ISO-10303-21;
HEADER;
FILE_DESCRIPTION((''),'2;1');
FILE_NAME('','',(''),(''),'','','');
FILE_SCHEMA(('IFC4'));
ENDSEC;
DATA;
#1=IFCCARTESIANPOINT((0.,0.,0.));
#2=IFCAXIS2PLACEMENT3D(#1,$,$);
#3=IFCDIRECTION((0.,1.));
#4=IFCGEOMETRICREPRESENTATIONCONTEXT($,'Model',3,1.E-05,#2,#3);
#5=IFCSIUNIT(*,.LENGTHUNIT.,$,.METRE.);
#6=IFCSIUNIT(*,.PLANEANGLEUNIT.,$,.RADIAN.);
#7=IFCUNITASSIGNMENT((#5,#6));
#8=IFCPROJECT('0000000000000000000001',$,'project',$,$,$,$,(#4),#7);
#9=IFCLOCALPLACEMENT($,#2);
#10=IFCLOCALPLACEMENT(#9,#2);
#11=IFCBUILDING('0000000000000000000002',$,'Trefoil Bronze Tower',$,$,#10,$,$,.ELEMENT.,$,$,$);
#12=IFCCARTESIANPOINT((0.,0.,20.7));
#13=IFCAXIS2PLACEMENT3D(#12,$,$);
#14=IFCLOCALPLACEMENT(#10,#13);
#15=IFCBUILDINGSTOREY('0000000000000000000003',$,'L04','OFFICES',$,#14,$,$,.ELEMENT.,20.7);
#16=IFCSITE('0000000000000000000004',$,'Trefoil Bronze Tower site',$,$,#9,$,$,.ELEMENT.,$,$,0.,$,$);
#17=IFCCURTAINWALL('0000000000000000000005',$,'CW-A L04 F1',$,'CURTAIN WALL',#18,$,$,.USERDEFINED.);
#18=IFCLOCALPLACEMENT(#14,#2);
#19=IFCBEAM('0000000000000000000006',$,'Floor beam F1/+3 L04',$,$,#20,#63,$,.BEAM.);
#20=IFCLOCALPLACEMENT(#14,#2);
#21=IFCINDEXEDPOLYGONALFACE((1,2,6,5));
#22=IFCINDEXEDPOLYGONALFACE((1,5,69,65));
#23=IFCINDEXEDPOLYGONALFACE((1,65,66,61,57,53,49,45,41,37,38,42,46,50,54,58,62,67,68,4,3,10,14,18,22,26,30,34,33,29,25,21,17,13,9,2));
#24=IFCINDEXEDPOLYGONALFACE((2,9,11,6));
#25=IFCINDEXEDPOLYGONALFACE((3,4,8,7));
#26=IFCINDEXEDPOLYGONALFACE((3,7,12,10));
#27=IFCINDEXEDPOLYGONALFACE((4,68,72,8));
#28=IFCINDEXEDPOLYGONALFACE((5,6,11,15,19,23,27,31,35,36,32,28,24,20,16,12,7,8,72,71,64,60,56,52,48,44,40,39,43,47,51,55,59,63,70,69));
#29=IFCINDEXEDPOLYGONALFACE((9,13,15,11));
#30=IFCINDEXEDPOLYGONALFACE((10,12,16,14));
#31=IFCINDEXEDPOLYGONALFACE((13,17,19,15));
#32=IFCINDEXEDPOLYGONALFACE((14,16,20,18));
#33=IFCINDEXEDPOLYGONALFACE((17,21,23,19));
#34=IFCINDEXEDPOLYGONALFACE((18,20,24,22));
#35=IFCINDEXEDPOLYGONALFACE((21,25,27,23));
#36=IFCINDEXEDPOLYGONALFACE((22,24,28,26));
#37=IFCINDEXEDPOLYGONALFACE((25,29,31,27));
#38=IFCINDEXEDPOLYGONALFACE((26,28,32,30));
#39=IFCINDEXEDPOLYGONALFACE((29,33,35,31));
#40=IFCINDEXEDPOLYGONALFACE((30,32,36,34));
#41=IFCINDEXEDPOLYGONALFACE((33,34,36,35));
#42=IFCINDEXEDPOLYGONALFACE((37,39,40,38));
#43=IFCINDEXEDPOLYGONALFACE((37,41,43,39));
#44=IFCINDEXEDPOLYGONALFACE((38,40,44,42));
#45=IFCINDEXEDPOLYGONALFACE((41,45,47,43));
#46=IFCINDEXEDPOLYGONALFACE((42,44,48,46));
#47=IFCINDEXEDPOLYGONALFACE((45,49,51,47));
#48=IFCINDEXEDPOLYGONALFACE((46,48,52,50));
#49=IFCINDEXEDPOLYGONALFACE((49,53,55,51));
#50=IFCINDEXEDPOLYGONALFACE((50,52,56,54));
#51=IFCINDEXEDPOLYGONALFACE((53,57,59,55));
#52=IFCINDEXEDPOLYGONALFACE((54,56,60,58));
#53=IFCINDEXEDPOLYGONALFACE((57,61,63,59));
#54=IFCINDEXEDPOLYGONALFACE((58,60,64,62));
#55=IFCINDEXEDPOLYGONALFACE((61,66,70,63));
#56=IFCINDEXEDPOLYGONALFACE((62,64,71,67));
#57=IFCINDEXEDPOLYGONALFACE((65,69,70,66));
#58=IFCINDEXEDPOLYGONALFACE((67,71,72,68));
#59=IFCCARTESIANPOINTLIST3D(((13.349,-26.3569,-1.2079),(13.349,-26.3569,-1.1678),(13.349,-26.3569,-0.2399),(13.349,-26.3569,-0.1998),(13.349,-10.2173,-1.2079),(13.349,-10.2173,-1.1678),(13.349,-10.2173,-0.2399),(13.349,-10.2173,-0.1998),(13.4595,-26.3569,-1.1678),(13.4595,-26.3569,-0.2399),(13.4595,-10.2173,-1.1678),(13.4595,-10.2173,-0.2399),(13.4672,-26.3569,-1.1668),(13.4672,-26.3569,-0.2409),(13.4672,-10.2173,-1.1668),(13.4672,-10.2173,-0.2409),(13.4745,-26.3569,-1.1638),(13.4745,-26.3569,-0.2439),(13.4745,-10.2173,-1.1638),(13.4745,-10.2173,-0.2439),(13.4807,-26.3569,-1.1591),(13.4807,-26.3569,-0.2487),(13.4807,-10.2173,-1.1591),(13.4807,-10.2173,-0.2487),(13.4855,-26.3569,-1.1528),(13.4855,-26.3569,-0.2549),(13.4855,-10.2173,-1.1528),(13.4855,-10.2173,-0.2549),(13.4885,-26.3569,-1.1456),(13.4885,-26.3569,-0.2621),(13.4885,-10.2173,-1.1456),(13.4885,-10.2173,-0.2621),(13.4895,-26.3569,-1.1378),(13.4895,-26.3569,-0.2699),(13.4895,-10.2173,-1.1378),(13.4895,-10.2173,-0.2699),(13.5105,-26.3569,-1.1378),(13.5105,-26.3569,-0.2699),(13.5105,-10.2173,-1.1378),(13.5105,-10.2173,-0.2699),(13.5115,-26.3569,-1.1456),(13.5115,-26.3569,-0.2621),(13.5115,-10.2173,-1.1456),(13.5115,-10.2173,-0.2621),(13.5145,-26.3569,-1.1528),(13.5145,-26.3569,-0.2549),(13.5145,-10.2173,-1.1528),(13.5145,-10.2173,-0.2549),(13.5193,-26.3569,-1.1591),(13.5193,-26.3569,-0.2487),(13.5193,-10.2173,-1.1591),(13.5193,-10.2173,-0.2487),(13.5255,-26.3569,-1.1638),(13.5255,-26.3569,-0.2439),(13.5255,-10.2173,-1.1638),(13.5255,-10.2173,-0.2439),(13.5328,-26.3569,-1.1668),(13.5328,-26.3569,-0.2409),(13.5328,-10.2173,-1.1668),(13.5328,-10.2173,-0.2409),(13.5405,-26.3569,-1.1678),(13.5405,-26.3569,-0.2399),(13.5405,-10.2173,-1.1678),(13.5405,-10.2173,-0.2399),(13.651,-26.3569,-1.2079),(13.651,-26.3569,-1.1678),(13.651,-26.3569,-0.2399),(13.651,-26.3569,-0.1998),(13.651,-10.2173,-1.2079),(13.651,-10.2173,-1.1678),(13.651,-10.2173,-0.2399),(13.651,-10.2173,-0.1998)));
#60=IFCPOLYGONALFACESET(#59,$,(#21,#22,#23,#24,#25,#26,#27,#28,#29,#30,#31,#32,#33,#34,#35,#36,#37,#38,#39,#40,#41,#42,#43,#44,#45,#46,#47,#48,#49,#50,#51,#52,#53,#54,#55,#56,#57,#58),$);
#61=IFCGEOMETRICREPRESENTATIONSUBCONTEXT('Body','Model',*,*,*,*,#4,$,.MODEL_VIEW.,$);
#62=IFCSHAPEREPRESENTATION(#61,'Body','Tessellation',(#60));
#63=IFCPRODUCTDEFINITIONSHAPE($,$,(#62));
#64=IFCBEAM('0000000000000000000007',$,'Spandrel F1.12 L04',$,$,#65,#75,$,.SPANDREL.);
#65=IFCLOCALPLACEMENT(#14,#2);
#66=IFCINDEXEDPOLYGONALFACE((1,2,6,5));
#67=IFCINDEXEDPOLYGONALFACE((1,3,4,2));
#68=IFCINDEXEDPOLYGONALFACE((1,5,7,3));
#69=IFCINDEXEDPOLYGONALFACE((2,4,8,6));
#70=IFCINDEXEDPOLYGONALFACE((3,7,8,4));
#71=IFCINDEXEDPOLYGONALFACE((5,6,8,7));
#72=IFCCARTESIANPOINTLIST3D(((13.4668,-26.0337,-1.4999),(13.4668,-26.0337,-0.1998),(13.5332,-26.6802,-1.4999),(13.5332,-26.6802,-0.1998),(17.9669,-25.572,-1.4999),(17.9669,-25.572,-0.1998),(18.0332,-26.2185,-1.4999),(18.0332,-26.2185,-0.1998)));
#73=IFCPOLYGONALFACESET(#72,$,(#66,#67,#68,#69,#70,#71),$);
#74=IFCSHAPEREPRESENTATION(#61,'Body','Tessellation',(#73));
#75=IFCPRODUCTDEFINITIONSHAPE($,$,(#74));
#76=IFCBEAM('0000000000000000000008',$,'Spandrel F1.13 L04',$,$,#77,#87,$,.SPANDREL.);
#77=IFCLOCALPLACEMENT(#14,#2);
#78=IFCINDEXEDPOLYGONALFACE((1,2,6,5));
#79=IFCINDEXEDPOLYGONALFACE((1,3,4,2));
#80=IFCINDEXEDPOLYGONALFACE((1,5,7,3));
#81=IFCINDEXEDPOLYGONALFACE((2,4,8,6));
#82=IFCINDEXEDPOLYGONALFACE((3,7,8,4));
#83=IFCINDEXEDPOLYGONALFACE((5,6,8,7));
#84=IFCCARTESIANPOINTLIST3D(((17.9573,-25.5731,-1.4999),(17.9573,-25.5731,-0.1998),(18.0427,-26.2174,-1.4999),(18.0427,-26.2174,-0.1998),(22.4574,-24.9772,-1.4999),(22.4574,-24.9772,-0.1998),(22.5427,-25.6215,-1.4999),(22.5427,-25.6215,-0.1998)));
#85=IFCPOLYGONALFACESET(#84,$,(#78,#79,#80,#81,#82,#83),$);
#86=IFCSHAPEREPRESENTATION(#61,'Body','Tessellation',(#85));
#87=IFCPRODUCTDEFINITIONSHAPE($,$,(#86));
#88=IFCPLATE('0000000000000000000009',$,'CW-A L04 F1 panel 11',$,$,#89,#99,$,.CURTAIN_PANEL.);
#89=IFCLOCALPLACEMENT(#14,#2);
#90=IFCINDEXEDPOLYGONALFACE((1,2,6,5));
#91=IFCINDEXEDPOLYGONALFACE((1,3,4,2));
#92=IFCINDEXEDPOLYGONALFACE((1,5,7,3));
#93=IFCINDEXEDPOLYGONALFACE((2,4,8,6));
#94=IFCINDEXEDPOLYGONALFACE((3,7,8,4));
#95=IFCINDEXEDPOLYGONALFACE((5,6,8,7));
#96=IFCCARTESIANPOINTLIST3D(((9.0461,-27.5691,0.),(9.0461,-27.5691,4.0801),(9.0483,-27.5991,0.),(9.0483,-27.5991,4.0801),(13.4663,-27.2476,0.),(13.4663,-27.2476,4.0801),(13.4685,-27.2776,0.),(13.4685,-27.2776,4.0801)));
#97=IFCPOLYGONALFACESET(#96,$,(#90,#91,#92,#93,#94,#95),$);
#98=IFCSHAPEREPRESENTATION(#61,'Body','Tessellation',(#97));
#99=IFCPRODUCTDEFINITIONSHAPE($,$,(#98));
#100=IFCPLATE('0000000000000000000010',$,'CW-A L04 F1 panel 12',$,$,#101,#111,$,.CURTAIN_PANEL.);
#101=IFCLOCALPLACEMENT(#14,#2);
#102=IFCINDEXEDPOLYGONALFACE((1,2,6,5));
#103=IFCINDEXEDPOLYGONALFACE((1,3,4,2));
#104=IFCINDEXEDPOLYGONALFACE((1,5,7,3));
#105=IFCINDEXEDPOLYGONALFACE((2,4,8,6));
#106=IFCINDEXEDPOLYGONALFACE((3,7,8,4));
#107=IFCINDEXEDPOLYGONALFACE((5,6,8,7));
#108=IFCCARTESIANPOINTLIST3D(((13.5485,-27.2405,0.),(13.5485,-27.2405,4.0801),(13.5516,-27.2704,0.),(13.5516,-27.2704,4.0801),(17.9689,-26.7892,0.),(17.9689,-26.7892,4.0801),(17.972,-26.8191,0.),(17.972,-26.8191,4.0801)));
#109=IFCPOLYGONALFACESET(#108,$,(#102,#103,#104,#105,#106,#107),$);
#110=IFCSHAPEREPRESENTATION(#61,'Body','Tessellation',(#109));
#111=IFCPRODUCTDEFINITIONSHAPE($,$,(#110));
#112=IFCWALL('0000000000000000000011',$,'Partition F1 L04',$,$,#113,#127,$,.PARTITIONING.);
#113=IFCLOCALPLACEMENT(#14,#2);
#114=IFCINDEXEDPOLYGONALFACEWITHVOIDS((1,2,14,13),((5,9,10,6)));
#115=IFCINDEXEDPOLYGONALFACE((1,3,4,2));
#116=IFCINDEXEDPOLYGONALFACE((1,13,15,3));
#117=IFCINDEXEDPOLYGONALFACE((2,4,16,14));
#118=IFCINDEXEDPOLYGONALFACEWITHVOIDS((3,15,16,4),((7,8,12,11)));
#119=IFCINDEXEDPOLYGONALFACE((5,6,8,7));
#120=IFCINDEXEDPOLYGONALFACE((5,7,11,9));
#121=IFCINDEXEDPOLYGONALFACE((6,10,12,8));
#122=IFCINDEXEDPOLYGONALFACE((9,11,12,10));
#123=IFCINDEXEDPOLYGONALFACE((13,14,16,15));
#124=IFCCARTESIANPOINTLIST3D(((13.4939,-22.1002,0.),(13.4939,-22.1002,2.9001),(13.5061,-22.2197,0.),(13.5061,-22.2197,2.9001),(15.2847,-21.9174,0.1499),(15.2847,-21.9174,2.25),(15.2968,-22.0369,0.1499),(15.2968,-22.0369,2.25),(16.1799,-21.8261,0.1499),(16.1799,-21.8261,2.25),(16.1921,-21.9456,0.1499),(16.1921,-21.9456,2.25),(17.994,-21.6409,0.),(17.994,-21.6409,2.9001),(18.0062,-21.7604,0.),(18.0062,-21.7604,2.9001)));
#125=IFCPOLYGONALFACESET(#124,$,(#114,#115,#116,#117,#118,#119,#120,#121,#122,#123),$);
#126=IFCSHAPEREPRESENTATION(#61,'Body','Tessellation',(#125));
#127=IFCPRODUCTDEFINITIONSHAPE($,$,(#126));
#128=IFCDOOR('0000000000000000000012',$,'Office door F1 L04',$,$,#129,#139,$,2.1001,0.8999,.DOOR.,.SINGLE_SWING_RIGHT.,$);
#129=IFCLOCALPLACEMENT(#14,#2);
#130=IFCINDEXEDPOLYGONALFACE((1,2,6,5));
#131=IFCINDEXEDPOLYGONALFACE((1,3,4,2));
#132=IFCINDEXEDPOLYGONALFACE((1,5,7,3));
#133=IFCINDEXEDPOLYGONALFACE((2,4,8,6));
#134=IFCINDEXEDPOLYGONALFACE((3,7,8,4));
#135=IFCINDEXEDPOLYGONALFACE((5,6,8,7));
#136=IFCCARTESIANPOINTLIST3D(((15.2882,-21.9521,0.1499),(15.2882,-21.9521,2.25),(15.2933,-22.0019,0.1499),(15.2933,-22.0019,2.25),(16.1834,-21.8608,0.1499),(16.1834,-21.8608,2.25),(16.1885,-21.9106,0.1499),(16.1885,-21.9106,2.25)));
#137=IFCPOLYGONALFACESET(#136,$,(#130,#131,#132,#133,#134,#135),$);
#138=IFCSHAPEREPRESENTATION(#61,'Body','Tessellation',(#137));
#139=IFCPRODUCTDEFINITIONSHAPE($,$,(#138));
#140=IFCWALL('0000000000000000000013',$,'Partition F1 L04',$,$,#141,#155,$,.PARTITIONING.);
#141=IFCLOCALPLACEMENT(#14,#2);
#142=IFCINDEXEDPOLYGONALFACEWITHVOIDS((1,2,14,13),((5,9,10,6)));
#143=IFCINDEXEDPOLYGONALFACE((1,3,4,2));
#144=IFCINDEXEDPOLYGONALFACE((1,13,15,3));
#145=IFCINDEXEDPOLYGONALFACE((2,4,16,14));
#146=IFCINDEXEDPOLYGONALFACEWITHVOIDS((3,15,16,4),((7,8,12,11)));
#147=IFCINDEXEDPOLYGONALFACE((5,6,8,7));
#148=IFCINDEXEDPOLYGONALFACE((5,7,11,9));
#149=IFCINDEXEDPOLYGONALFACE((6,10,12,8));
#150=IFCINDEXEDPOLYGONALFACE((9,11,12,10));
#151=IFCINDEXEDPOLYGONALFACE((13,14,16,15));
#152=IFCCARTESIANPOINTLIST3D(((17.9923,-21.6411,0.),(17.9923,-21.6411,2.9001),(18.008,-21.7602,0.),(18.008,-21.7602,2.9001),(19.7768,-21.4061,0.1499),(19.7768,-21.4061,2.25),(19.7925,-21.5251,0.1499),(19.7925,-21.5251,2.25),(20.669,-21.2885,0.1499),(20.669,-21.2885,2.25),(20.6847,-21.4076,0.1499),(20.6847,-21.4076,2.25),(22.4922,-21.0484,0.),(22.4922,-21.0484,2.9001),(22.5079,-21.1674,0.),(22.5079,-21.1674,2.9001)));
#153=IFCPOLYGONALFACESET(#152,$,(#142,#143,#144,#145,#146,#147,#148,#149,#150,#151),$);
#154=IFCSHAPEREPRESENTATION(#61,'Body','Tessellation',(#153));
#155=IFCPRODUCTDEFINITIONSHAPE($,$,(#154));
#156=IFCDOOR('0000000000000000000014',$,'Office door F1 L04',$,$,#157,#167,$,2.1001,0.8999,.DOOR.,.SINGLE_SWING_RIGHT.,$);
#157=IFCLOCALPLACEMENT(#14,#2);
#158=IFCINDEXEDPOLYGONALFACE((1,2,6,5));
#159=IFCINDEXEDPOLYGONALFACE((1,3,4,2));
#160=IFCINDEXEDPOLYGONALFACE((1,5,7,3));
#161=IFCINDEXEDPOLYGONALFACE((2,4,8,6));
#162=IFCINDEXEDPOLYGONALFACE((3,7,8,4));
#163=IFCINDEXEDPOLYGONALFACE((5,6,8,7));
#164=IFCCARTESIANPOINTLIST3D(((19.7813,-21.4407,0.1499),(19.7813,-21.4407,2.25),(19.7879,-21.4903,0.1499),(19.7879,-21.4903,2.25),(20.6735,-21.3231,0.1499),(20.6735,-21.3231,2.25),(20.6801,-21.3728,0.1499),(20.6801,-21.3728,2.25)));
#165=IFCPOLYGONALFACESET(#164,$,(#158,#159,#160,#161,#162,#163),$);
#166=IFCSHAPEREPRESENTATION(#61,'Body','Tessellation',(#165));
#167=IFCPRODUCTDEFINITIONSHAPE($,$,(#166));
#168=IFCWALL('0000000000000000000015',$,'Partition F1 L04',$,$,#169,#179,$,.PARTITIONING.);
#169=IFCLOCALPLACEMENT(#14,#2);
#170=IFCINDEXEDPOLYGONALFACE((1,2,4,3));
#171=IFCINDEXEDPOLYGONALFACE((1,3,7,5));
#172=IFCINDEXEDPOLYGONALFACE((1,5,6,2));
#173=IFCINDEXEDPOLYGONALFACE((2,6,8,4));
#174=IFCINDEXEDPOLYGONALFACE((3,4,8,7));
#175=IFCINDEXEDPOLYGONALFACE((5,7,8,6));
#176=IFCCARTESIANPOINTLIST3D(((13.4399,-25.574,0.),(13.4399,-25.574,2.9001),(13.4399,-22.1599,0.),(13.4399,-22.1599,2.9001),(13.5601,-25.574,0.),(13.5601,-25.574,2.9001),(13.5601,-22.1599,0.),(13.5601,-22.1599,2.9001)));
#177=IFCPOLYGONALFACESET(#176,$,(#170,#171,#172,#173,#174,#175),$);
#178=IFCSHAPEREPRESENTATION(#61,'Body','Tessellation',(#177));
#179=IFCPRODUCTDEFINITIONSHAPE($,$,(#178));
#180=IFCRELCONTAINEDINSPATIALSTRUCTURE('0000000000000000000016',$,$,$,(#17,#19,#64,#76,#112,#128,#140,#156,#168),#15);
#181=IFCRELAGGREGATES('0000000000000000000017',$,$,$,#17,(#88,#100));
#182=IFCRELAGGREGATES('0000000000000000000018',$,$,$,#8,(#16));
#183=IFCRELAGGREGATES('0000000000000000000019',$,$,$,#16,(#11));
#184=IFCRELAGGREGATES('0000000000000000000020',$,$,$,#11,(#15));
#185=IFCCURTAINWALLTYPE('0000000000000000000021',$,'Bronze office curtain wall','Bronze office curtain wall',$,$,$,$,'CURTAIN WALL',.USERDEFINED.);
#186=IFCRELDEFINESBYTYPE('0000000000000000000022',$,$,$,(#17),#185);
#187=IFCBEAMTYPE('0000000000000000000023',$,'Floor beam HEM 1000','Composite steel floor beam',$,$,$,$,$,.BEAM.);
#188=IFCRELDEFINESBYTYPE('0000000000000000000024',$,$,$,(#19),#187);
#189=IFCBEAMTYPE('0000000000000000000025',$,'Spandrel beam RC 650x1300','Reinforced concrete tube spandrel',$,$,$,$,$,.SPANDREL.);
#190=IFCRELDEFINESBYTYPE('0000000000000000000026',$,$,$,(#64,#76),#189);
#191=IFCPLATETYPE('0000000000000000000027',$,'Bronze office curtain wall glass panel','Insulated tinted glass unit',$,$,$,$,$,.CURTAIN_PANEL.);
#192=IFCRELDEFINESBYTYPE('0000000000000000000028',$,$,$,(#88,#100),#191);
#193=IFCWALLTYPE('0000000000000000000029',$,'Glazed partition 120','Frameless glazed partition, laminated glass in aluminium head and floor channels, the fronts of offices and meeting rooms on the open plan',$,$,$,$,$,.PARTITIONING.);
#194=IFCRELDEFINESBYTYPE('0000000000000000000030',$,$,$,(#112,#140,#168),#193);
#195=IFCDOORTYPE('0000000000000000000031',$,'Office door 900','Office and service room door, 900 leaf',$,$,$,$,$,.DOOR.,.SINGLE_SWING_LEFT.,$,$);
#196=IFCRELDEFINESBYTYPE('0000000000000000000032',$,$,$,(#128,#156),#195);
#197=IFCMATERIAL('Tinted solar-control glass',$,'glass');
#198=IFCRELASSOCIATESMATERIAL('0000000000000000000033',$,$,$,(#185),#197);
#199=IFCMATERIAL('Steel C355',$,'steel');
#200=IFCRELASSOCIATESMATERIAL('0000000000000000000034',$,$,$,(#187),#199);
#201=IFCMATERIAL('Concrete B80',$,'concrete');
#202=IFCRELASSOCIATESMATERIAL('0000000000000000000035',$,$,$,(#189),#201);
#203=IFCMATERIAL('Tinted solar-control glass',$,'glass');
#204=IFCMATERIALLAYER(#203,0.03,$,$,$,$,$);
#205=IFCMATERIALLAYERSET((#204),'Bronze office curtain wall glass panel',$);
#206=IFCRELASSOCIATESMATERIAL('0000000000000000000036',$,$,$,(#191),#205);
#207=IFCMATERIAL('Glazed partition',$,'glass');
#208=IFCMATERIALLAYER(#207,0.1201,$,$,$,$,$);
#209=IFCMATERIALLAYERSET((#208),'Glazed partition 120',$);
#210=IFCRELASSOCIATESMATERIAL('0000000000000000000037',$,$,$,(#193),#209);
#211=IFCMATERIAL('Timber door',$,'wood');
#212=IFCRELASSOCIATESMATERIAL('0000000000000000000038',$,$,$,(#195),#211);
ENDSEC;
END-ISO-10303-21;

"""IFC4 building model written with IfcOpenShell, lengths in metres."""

from ifc_helpers import new_model, si_unit, direction, frame, frame_2d, origin, origin_2d, place, context, subcontext, project, spatial, rectangle, i_section, extrude, material, layer, layer_set, material_profile, profile_set, type_object, element, fill, aggregate, save


model = new_model("IFC4")

# Units and contexts
model_context = context("Model", 3, precision=1e-05, world=origin(), true_north=direction((0.0, 1.0)))
body_context = subcontext(model_context, "Body", "Model", "MODEL_VIEW")
ifc_project = project(units=[si_unit("LENGTHUNIT", "METRE"), si_unit("PLANEANGLEUNIT", "RADIAN")], contexts=[model_context])

# Site, building, storey
site_placement = place(None, origin())
site = spatial("IfcSite", under=ifc_project, at=site_placement, Name="Trefoil Bronze Tower site", CompositionType="ELEMENT", RefElevation=0.0)
building_placement = place(site_placement, origin())
building = spatial("IfcBuilding", under=site, at=building_placement, Name="Trefoil Bronze Tower", CompositionType="ELEMENT")
storey_placement = place(building_placement, frame((0.0, 0.0, 20.7)))
storey = spatial("IfcBuildingStorey", under=building, at=storey_placement, Name="L04", Description="OFFICES", CompositionType="ELEMENT", Elevation=20.7)

# Curtain wall
ifc_material_1 = material(Name="Tinted solar-control glass", Category="glass")
curtain_wall_type = type_object("IfcCurtainWallType", Name="Bronze office curtain wall", Description="Bronze office curtain wall", ElementType="CURTAIN WALL", PredefinedType="USERDEFINED", material=ifc_material_1)
curtain_wall_placement = place(storey_placement, origin())
curtain_wall = element("IfcCurtainWall", 1, at=curtain_wall_placement, inside=storey, type_object=curtain_wall_type, Name="CW-A L04 F1", ObjectType="CURTAIN WALL", PredefinedType="USERDEFINED")

# Beams
ifc_material_2 = material(Name="Steel C355", Category="steel")
ifc_material_profile_1 = material_profile(ifc_material_2, i_section(OverallWidth=0.302, OverallDepth=1.0081, WebThickness=0.021, FlangeThickness=0.04, FilletRadius=0.03, at=origin_2d()), Name="HEM 1000")
ifc_profile_set_1 = profile_set([ifc_material_profile_1], Name="Steel C355")
beam_type_1 = type_object("IfcBeamType", Name="Floor beam HEM 1000", Description="Composite steel floor beam", PredefinedType="BEAM", material=ifc_profile_set_1)
beam_1_placement = place(storey_placement, frame((13.5, -26.3569, -0.7039), z_axis=(0.0, 1.0, 0.0), x_axis=(-1.0, 0.0, 0.0)))
element("IfcBeam", 2, at=beam_1_placement, inside=storey, type_object=beam_type_1, Name="Floor beam F1/+3 L04", PredefinedType="BEAM", context=body_context, shape_type="SweptSolid", body=[
    extrude(i_section(OverallWidth=0.302, OverallDepth=1.0081, WebThickness=0.021, FlangeThickness=0.04, FilletRadius=0.03, at=origin_2d()), origin(), (0.0, 0.0, 1.0), 16.1396),
])
ifc_material_3 = material(Name="Concrete B80", Category="concrete")
ifc_material_profile_2 = material_profile(ifc_material_3, rectangle(XDim=0.6499, YDim=1.3, at=origin_2d()), Name="RC 650x1300")
ifc_profile_set_2 = profile_set([ifc_material_profile_2], Name="Concrete B80")
beam_type_2 = type_object("IfcBeamType", Name="Spandrel beam RC 650x1300", Description="Reinforced concrete tube spandrel", PredefinedType="SPANDREL", material=ifc_profile_set_2)
beam_2_placement = place(storey_placement, frame((13.5, -26.3569, -0.8499), z_axis=(0.994778, 0.102058, 0.0), x_axis=(-0.102058, 0.994778, 0.0)))
element("IfcBeam", 3, at=beam_2_placement, inside=storey, type_object=beam_type_2, Name="Spandrel F1.12 L04", PredefinedType="SPANDREL", context=body_context, shape_type="SweptSolid", body=[
    extrude(rectangle(XDim=0.6499, YDim=1.3, at=origin_2d()), origin(), (0.0, 0.0, 1.0), 4.5237),
])
beam_3_placement = place(storey_placement, frame((18.0, -25.8953, -0.8499), z_axis=(0.991344, 0.131286, 0.0), x_axis=(-0.131286, 0.991344, 0.0)))
element("IfcBeam", 4, at=beam_3_placement, inside=storey, type_object=beam_type_2, Name="Spandrel F1.13 L04", PredefinedType="SPANDREL", context=body_context, shape_type="SweptSolid", body=[
    extrude(rectangle(XDim=0.6499, YDim=1.3, at=origin_2d()), origin(), (0.0, 0.0, 1.0), 4.5393),
])

# Plates
ifc_material_4 = material(Name="Tinted solar-control glass", Category="glass")
ifc_layer_1 = layer(ifc_material_4, 0.03)
ifc_layer_set_1 = layer_set([ifc_layer_1], Name="Bronze office curtain wall glass panel")
plate_type = type_object("IfcPlateType", Name="Bronze office curtain wall glass panel", Description="Insulated tinted glass unit", PredefinedType="CURTAIN_PANEL", material=ifc_layer_set_1)
plate_1_placement = place(storey_placement, frame((11.2573, -27.4233, 0.0), z_axis=(0.0, 0.0, 1.0), x_axis=(0.997365, 0.072547, 0.0)))
plate_1 = element("IfcPlate", 5, at=plate_1_placement, type_object=plate_type, Name="CW-A L04 F1 panel 11", PredefinedType="CURTAIN_PANEL", context=body_context, shape_type="SweptSolid", body=[
    extrude(rectangle(XDim=4.4319, YDim=0.03, at=origin_2d()), origin(), (0.0, 0.0, 1.0), 4.0801),
])
plate_2_placement = place(storey_placement, frame((15.7603, -27.0298, 0.0), z_axis=(0.0, 0.0, 1.0), x_axis=(0.994829, 0.101565, 0.0)))
plate_2 = element("IfcPlate", 6, at=plate_2_placement, type_object=plate_type, Name="CW-A L04 F1 panel 12", PredefinedType="CURTAIN_PANEL", context=body_context, shape_type="SweptSolid", body=[
    extrude(rectangle(XDim=4.4434, YDim=0.03, at=origin_2d()), origin(), (0.0, 0.0, 1.0), 4.0801),
])
aggregate(curtain_wall, [plate_1, plate_2])

# Walls, openings, doors
ifc_material_5 = material(Name="Glazed partition", Category="glass")
ifc_layer_2 = layer(ifc_material_5, 0.1201)
ifc_layer_set_2 = layer_set([ifc_layer_2], Name="Glazed partition 120")
wall_type = type_object("IfcWallType", Name="Glazed partition 120", Description="Frameless glazed partition, laminated glass in aluminium head and floor channels, the fronts of offices and meeting rooms on the open plan", PredefinedType="PARTITIONING", material=ifc_layer_set_2)
wall_1_placement = place(storey_placement, frame((13.5, -22.1599, 0.0), z_axis=(0.0, 0.0, 1.0), x_axis=(0.994833, 0.101523, 0.0)))
wall_1 = element("IfcWall", 7, at=wall_1_placement, inside=storey, type_object=wall_type, Name="Partition F1 L04", PredefinedType="PARTITIONING", context=body_context, shape_type="SweptSolid", body=[
    extrude(rectangle(XDim=4.5234, YDim=0.1201, at=frame_2d((2.2617, 0.0))), origin(), (0.0, 0.0, 1.0), 2.9001),
])
opening_1_placement = place(wall_1_placement, frame((1.8, 0.0, 0.1499)))
opening_1 = element("IfcOpeningElement", 8, at=opening_1_placement, cuts=wall_1, PredefinedType="OPENING", context=body_context, shape_type="SweptSolid", body=[
    extrude(rectangle(XDim=0.8999, YDim=2.1001, at=frame_2d((0.45, 1.05))), frame((0.0, 0.0701, 0.0), z_axis=(0.0, -1.0, 0.0), x_axis=(1.0, 0.0, 0.0)), (0.0, 0.0, 1.0), 0.1401),
])
ifc_material_6 = material(Name="Timber door", Category="wood")
door_type = type_object("IfcDoorType", Name="Office door 900", Description="Office and service room door, 900 leaf", OperationType="SINGLE_SWING_LEFT", PredefinedType="DOOR", material=ifc_material_6)
door_1_placement = place(opening_1_placement, frame((0.8999, 0.0, 0.0), z_axis=(0.0, 0.0, 1.0), x_axis=(-1.0, 0.0, 0.0)))
door_1 = element("IfcDoor", 9, at=door_1_placement, inside=storey, type_object=door_type, Name="Office door F1 L04", OperationType="SINGLE_SWING_RIGHT", OverallHeight=2.1001, OverallWidth=0.8999, PredefinedType="DOOR", context=body_context, shape_type="SweptSolid", body=[
    extrude(rectangle(XDim=0.8999, YDim=2.1001, at=frame_2d((0.45, 1.05))), frame((0.0, 0.0249, 0.0), z_axis=(0.0, -1.0, 0.0), x_axis=(1.0, 0.0, 0.0)), (0.0, 0.0, 1.0), 0.05),
])
fill(opening_1, door_1)
wall_2_placement = place(storey_placement, frame((18.0, -21.7007, 0.0), z_axis=(0.0, 0.0, 1.0), x_axis=(0.991435, 0.130599, 0.0)))
wall_2 = element("IfcWall", 10, at=wall_2_placement, inside=storey, type_object=wall_type, Name="Partition F1 L04", PredefinedType="PARTITIONING", context=body_context, shape_type="SweptSolid", body=[
    extrude(rectangle(XDim=4.5388, YDim=0.1201, at=frame_2d((2.2695, 0.0))), origin(), (0.0, 0.0, 1.0), 2.9001),
])
opening_2_placement = place(wall_2_placement, frame((1.8, 0.0, 0.1499)))
opening_2 = element("IfcOpeningElement", 11, at=opening_2_placement, cuts=wall_2, PredefinedType="OPENING", context=body_context, shape_type="SweptSolid", body=[
    extrude(rectangle(XDim=0.8999, YDim=2.1001, at=frame_2d((0.45, 1.05))), frame((0.0, 0.0701, 0.0), z_axis=(0.0, -1.0, 0.0), x_axis=(1.0, 0.0, 0.0)), (0.0, 0.0, 1.0), 0.1401),
])
door_2_placement = place(opening_2_placement, frame((0.8999, 0.0, 0.0), z_axis=(0.0, 0.0, 1.0), x_axis=(-1.0, 0.0, 0.0)))
door_2 = element("IfcDoor", 12, at=door_2_placement, inside=storey, type_object=door_type, Name="Office door F1 L04", OperationType="SINGLE_SWING_RIGHT", OverallHeight=2.1001, OverallWidth=0.8999, PredefinedType="DOOR", context=body_context, shape_type="SweptSolid", body=[
    extrude(rectangle(XDim=0.8999, YDim=2.1001, at=frame_2d((0.45, 1.05))), frame((0.0, 0.0249, 0.0), z_axis=(0.0, -1.0, 0.0), x_axis=(1.0, 0.0, 0.0)), (0.0, 0.0, 1.0), 0.05),
])
fill(opening_2, door_2)

# Wall
wall_3_placement = place(storey_placement, frame((13.5, -22.1599, 0.0), z_axis=(0.0, 0.0, 1.0), x_axis=(0.0, -1.0, 0.0)))
element("IfcWall", 13, at=wall_3_placement, inside=storey, type_object=wall_type, Name="Partition F1 L04", PredefinedType="PARTITIONING", context=body_context, shape_type="SweptSolid", body=[
    extrude(rectangle(XDim=3.4141, YDim=0.1201, at=frame_2d((1.707, 0.0))), origin(), (0.0, 0.0, 1.0), 2.9001),
])

save(model, "model.ifc")
